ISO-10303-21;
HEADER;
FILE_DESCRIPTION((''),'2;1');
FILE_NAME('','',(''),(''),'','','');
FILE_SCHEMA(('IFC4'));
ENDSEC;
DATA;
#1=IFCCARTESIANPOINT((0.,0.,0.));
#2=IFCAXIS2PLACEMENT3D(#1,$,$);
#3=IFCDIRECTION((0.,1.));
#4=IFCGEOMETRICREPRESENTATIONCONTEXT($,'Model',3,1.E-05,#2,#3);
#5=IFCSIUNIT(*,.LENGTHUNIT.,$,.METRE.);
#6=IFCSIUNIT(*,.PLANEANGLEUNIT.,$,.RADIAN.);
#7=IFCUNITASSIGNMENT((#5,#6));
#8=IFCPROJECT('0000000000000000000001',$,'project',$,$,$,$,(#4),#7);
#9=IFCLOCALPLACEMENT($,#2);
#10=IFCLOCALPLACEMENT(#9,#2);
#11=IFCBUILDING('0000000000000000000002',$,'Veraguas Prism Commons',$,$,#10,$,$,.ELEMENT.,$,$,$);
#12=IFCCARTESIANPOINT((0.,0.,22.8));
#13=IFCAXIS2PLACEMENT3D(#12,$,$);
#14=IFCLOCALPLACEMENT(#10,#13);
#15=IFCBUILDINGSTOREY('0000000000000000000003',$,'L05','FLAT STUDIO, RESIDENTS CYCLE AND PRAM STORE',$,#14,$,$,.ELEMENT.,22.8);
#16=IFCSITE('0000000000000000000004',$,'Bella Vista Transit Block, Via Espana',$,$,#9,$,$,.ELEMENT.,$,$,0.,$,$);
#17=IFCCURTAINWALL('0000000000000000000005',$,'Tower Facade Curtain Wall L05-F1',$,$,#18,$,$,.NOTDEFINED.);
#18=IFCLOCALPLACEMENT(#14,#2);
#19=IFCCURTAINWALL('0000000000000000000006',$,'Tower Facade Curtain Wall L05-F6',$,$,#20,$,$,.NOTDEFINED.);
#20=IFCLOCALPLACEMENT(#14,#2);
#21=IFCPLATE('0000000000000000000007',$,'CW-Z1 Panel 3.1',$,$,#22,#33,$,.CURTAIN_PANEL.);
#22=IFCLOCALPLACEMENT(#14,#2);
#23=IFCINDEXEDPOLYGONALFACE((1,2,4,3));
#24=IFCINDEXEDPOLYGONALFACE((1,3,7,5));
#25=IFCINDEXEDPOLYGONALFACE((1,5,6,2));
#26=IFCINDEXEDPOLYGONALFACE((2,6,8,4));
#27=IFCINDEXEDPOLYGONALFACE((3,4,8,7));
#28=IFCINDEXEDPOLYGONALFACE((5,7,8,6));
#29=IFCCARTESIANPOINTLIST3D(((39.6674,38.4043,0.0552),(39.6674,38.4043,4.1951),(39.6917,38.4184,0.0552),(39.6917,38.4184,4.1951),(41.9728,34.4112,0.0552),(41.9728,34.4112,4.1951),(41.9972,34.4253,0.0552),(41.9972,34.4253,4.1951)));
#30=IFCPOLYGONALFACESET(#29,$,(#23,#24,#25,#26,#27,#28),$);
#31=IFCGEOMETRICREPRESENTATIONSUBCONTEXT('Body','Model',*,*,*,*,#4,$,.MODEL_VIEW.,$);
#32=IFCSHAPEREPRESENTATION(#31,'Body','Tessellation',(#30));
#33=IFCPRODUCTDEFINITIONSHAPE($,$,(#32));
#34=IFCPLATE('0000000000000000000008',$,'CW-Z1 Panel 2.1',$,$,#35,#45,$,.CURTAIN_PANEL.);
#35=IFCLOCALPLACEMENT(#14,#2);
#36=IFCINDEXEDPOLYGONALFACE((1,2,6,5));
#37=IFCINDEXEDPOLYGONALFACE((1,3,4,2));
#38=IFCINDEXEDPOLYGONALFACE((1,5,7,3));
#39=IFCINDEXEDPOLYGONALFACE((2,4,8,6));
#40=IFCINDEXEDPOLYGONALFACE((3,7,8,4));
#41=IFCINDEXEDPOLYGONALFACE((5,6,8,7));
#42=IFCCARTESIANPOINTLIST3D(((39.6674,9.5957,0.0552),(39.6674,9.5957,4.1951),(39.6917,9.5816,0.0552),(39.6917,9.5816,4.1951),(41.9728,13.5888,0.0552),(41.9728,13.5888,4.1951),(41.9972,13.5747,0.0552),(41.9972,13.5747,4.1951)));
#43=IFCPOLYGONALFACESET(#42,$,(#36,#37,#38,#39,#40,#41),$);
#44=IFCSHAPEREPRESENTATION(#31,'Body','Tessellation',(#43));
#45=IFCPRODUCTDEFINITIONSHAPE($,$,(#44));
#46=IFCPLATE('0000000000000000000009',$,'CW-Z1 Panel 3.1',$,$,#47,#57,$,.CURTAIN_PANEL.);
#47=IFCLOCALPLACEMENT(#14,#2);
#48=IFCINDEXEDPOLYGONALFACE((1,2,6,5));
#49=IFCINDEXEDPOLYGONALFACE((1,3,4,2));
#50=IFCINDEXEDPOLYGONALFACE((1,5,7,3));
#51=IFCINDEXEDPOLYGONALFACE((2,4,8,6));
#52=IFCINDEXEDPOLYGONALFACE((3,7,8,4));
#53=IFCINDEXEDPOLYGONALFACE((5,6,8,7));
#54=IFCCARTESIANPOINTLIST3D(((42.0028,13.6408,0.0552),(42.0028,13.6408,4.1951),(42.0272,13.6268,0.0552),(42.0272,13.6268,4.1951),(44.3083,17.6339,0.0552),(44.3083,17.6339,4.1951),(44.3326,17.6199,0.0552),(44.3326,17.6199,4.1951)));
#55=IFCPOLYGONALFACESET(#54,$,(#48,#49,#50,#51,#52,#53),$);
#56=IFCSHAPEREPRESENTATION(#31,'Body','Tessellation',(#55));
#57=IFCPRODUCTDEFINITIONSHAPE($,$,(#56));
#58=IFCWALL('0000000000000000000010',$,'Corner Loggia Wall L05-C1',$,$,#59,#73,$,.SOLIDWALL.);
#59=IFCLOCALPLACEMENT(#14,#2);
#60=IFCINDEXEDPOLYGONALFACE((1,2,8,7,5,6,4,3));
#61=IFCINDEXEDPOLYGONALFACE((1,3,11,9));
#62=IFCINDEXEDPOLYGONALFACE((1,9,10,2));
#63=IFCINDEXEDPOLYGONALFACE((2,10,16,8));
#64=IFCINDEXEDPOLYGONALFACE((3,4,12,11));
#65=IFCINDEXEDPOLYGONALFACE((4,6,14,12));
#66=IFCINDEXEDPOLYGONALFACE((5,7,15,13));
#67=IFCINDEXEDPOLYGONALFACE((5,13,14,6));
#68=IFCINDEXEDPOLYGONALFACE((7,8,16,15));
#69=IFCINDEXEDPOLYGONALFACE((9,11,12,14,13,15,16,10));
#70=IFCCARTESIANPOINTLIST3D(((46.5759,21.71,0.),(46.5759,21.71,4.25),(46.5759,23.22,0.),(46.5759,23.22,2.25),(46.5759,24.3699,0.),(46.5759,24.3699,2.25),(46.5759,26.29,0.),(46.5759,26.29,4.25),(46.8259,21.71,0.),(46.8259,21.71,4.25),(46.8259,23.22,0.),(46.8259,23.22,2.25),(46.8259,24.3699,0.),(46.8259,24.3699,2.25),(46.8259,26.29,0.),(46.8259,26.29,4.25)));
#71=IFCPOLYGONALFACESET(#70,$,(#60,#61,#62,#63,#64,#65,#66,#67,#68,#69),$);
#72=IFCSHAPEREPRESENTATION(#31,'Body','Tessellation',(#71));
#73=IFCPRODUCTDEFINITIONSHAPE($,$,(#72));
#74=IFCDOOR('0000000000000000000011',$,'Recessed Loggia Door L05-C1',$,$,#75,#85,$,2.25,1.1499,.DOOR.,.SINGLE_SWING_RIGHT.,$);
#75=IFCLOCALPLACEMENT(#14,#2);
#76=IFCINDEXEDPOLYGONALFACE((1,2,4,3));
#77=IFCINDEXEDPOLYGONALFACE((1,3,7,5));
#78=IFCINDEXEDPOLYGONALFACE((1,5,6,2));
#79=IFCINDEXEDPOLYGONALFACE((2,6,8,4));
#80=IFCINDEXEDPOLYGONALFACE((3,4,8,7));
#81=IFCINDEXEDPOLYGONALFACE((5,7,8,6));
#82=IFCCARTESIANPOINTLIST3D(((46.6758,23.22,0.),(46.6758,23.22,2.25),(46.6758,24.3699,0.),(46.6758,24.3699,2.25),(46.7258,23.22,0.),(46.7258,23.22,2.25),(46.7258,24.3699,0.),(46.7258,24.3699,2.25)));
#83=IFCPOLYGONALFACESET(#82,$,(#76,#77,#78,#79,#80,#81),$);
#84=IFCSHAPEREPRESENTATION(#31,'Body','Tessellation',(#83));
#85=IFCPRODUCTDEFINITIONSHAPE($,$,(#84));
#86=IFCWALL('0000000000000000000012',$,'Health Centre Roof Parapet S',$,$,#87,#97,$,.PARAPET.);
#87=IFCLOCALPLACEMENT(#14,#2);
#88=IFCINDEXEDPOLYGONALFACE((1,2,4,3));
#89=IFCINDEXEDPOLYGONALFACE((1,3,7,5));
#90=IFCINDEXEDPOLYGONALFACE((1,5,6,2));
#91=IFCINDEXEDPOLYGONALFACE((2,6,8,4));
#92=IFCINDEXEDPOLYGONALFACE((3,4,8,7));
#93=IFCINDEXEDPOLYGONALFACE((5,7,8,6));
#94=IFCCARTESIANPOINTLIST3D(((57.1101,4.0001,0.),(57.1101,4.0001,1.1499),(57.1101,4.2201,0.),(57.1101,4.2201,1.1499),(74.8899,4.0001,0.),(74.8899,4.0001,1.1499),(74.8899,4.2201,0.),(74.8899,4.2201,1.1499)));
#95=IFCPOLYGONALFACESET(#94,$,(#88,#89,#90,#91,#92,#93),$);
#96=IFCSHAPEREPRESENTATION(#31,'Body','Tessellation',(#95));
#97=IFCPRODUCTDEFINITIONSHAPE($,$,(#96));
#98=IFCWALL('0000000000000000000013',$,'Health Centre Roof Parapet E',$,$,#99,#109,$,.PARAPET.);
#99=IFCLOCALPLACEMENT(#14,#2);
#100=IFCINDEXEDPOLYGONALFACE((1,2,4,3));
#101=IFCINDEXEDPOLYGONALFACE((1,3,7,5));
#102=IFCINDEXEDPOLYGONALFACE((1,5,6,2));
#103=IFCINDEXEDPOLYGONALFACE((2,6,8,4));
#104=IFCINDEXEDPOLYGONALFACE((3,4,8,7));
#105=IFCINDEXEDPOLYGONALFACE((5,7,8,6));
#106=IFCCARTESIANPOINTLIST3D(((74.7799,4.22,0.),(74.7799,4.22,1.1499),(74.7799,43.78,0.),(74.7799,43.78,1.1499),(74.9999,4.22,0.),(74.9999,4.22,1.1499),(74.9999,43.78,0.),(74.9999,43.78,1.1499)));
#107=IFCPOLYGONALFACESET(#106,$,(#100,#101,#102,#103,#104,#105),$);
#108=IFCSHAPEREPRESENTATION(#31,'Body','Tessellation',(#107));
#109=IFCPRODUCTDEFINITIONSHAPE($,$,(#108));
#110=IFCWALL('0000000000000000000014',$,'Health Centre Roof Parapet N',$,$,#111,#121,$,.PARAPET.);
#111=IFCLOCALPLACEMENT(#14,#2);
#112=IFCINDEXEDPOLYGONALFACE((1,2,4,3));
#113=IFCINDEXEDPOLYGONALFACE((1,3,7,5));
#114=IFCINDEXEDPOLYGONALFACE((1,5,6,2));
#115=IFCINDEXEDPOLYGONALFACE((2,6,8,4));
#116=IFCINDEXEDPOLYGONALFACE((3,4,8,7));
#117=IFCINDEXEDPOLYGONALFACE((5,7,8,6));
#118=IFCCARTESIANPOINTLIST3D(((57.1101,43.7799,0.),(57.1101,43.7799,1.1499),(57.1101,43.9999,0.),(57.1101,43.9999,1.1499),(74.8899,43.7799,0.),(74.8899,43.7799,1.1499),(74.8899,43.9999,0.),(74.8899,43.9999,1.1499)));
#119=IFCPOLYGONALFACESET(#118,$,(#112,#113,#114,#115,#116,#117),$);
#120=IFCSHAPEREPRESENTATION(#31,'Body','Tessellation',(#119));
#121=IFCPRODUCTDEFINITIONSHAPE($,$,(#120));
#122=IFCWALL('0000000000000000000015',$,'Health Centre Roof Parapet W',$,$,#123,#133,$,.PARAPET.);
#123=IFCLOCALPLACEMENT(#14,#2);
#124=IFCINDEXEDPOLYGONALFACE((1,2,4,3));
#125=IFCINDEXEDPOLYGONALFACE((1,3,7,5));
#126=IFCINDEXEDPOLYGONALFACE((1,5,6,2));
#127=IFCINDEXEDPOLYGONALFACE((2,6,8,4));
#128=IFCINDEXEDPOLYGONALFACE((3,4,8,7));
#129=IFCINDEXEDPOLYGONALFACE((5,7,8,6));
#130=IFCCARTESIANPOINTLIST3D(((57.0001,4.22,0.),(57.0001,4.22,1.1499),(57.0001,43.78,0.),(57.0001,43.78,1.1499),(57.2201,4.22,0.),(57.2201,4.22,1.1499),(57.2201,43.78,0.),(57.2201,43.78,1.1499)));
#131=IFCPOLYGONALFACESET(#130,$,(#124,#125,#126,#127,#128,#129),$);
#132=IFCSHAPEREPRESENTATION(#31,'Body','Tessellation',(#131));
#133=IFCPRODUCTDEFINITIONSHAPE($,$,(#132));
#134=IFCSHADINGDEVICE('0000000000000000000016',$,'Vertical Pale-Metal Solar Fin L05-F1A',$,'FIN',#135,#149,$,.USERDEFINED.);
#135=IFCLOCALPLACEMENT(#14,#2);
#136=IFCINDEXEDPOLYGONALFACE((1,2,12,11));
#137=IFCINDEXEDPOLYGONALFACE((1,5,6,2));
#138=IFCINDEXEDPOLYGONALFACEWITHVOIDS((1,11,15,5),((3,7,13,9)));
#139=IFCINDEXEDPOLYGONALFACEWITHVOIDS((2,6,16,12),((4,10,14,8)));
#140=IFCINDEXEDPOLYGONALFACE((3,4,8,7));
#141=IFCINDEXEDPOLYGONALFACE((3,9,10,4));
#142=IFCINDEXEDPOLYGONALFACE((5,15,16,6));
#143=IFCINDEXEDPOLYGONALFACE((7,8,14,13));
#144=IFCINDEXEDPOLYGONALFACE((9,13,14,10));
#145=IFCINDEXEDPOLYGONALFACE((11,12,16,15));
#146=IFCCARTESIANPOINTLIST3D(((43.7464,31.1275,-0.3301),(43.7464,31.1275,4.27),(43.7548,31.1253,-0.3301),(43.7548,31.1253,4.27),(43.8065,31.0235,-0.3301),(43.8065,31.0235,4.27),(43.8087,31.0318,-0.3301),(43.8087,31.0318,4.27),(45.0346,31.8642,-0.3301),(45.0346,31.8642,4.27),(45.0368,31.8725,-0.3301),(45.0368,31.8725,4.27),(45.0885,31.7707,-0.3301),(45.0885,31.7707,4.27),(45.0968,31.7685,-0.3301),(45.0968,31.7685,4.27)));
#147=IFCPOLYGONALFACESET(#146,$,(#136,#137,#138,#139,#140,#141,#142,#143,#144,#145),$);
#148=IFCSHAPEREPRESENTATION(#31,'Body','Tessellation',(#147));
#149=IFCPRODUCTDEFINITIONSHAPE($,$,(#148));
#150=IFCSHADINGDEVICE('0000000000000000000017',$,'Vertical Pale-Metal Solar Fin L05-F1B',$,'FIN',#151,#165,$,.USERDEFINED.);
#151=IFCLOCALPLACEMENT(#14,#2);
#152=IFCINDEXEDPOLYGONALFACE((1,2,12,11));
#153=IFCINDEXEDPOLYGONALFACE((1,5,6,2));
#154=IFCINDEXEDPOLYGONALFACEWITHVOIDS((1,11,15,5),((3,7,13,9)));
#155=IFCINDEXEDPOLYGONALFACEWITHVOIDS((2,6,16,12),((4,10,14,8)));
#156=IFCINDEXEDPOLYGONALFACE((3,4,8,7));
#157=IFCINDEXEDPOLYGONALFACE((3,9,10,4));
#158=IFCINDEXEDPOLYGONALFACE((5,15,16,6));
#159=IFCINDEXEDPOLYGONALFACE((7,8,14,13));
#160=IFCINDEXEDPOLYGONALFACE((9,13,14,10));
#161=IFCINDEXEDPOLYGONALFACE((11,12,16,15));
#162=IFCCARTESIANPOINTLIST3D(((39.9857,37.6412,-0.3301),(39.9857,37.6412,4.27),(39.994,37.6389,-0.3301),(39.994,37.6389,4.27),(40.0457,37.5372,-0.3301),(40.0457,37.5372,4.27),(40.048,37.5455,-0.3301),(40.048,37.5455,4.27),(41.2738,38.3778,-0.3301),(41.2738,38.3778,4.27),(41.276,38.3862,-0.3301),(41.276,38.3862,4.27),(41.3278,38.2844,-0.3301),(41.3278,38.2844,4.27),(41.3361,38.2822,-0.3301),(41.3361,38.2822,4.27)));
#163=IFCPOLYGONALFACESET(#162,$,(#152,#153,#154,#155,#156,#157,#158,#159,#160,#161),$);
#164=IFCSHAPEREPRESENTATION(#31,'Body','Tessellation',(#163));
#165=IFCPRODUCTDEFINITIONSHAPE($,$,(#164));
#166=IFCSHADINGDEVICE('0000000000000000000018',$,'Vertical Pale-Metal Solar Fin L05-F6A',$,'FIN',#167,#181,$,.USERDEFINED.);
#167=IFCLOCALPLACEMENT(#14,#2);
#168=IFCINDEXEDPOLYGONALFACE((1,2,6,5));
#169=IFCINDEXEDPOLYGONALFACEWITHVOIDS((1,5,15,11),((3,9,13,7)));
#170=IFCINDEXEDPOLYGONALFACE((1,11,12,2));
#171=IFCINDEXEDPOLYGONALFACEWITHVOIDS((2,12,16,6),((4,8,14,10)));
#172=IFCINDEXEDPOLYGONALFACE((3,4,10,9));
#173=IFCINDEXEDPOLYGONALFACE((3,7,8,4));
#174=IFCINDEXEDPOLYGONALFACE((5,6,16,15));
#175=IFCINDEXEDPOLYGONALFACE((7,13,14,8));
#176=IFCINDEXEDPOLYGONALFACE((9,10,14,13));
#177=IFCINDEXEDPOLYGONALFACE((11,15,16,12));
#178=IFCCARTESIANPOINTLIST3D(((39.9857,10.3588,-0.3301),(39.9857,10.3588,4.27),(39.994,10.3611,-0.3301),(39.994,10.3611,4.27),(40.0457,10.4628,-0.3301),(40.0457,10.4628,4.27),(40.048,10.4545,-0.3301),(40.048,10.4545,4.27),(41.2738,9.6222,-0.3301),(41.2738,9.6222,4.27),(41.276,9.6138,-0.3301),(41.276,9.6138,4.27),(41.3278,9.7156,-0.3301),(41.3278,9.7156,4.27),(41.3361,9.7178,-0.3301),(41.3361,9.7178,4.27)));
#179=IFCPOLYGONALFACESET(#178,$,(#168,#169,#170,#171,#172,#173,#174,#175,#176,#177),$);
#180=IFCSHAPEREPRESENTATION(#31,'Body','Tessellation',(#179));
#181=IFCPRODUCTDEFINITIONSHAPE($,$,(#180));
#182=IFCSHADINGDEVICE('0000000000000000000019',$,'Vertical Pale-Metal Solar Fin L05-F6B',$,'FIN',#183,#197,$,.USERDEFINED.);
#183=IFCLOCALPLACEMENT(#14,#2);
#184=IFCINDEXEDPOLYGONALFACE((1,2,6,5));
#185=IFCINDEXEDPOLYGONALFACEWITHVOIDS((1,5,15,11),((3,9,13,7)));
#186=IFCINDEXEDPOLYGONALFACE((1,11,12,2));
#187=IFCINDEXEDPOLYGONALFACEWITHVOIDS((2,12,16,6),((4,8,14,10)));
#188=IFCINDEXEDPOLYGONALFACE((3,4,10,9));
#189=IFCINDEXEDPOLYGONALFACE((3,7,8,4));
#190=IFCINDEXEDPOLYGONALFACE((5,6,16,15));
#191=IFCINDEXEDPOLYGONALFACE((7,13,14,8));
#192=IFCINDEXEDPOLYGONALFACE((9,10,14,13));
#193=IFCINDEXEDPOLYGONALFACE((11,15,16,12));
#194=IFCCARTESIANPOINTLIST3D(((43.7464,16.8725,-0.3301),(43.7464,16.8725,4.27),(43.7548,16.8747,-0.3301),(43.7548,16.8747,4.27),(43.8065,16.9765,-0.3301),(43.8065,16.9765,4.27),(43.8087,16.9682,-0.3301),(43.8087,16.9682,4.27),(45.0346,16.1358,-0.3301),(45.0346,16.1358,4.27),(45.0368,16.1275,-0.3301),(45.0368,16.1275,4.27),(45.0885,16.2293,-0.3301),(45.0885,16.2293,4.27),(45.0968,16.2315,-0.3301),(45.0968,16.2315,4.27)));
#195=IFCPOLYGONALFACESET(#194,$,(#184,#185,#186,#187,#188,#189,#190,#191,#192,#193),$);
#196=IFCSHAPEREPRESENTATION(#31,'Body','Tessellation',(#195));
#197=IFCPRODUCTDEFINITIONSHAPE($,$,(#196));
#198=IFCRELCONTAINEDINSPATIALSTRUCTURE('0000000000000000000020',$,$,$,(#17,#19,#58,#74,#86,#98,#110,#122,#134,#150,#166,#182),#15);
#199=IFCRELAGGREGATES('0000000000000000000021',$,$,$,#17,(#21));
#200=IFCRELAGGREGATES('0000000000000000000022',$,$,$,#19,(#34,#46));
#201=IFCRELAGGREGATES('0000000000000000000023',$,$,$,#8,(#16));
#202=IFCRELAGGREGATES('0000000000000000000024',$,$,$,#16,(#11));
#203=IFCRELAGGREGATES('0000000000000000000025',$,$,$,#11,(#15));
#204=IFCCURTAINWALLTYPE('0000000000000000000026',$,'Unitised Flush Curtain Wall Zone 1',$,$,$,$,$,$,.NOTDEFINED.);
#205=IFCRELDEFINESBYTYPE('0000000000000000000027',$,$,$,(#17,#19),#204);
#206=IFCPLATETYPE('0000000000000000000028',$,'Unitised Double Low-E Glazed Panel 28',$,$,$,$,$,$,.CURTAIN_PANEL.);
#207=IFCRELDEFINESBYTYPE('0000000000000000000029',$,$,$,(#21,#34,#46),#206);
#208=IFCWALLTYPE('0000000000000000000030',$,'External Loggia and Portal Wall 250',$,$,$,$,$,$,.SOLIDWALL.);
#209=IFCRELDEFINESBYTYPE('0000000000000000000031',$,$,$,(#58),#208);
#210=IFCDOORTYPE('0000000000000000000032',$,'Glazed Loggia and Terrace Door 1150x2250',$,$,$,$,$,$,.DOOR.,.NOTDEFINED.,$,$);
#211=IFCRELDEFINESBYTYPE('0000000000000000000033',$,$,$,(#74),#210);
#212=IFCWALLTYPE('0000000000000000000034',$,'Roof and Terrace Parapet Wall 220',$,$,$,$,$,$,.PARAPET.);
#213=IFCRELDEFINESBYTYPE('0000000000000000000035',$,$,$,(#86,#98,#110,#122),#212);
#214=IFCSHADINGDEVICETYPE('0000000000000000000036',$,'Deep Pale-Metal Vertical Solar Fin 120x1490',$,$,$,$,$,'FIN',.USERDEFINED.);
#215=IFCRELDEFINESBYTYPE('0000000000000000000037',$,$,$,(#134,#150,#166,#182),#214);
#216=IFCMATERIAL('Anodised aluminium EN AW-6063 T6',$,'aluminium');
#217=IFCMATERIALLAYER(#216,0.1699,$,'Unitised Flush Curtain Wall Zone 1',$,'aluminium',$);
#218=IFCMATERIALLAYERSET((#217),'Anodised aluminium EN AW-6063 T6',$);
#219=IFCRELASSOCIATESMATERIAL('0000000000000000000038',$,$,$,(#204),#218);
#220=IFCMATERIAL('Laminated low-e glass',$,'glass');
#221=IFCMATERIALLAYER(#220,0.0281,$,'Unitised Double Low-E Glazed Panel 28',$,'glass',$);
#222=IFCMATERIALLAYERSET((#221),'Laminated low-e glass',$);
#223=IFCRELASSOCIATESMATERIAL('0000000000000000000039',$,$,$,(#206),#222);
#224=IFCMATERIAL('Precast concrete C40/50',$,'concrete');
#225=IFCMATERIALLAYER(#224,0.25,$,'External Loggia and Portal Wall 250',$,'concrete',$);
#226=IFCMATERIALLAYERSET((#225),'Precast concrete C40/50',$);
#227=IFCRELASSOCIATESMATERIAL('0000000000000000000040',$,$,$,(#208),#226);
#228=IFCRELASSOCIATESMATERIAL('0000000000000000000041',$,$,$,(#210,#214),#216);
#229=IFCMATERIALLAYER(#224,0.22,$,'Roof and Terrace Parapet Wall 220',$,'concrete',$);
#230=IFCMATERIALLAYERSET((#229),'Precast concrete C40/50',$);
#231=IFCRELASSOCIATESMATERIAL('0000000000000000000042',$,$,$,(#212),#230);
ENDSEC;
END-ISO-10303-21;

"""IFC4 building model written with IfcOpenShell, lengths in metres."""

from ifc_helpers import new_model, si_unit, direction, frame, frame_2d, origin, origin_2d, place, context, subcontext, project, spatial, rectangle, hollow_rectangle, extrude, source, transform, mapped, material, layer, layer_set, material_profile, profile_set, type_object, element, fill, aggregate, save


model = new_model("IFC4")

# Units and contexts
model_context = context("Model", 3, precision=1e-05, world=origin(), true_north=direction((0.0, 1.0)))
body_context = subcontext(model_context, "Body", "Model", "MODEL_VIEW")
ifc_project = project(units=[si_unit("LENGTHUNIT", "METRE"), si_unit("PLANEANGLEUNIT", "RADIAN")], contexts=[model_context])

# Site, building, storey
site_placement = place(None, origin())
site = spatial("IfcSite", under=ifc_project, at=site_placement, Name="Bella Vista Transit Block, Via Espana", CompositionType="ELEMENT", RefElevation=0.0)
building_placement = place(site_placement, origin())
building = spatial("IfcBuilding", under=site, at=building_placement, Name="Veraguas Prism Commons", CompositionType="ELEMENT")
storey_placement = place(building_placement, frame((0.0, 0.0, 22.8)))
storey = spatial("IfcBuildingStorey", under=building, at=storey_placement, Name="L05", Description="FLAT STUDIO, RESIDENTS CYCLE AND PRAM STORE", CompositionType="ELEMENT", Elevation=22.8)

# Curtain walls
ifc_material_1 = material(Name="Anodised aluminium EN AW-6063 T6", Category="aluminium")
ifc_layer_1 = layer(ifc_material_1, 0.1699, Name="Unitised Flush Curtain Wall Zone 1", Category="aluminium")
ifc_layer_set_1 = layer_set([ifc_layer_1], Name="Anodised aluminium EN AW-6063 T6")
curtain_wall_type = type_object("IfcCurtainWallType", Name="Unitised Flush Curtain Wall Zone 1", PredefinedType="NOTDEFINED", material=ifc_layer_set_1)
curtain_wall_1_placement = place(storey_placement, origin())
curtain_wall_1 = element("IfcCurtainWall", 1, at=curtain_wall_1_placement, inside=storey, type_object=curtain_wall_type, Name="Tower Facade Curtain Wall L05-F1", PredefinedType="NOTDEFINED")
curtain_wall_2_placement = place(storey_placement, origin())
curtain_wall_2 = element("IfcCurtainWall", 2, at=curtain_wall_2_placement, inside=storey, type_object=curtain_wall_type, Name="Tower Facade Curtain Wall L05-F6", PredefinedType="NOTDEFINED")

# Plates
ifc_material_2 = material(Name="Laminated low-e glass", Category="glass")
ifc_layer_2 = layer(ifc_material_2, 0.0281, Name="Unitised Double Low-E Glazed Panel 28", Category="glass")
ifc_layer_set_2 = layer_set([ifc_layer_2], Name="Laminated low-e glass")
plate_type = type_object("IfcPlateType", Name="Unitised Double Low-E Glazed Panel 28", PredefinedType="CURTAIN_PANEL", material=ifc_layer_set_2)
shared_shape_1 = source(origin(), body_context, "Body", "SweptSolid", [
    extrude(rectangle(XDim=4.6108, YDim=0.0281, at=origin_2d()), origin(), (0.0, 0.0, 1.0), 4.1399),
])
plate_1_placement = place(storey_placement, frame((40.8323, 36.4148, 0.0552), z_axis=(0.0, 0.0, 1.0), x_axis=(-0.500005, 0.866023, 0.0)))
plate_1 = element("IfcPlate", 3, at=plate_1_placement, type_object=plate_type, Name="CW-Z1 Panel 3.1", PredefinedType="CURTAIN_PANEL", context=body_context, shape_type="MappedRepresentation", body=[
    mapped(shared_shape_1, transform((0.0, 0.0, 0.0), scale=1.0)),
])
aggregate(curtain_wall_1, [plate_1])
plate_2_placement = place(storey_placement, frame((40.8323, 11.5852, 0.0552), z_axis=(0.0, 0.0, 1.0), x_axis=(0.500005, 0.866023, 0.0)))
plate_2 = element("IfcPlate", 4, at=plate_2_placement, type_object=plate_type, Name="CW-Z1 Panel 2.1", PredefinedType="CURTAIN_PANEL", context=body_context, shape_type="MappedRepresentation", body=[
    mapped(shared_shape_1, transform((0.0, 0.0, 0.0), scale=1.0)),
])
plate_3_placement = place(storey_placement, frame((43.1677, 15.6304, 0.0552), z_axis=(0.0, 0.0, 1.0), x_axis=(0.500005, 0.866023, 0.0)))
plate_3 = element("IfcPlate", 5, at=plate_3_placement, type_object=plate_type, Name="CW-Z1 Panel 3.1", PredefinedType="CURTAIN_PANEL", context=body_context, shape_type="MappedRepresentation", body=[
    mapped(shared_shape_1, transform((0.0, 0.0, 0.0), scale=1.0)),
])
aggregate(curtain_wall_2, [plate_2, plate_3])

# Wall, opening, door
ifc_material_3 = material(Name="Precast concrete C40/50", Category="concrete")
ifc_layer_3 = layer(ifc_material_3, 0.25, Name="External Loggia and Portal Wall 250", Category="concrete")
ifc_layer_set_3 = layer_set([ifc_layer_3], Name="Precast concrete C40/50")
wall_type_1 = type_object("IfcWallType", Name="External Loggia and Portal Wall 250", PredefinedType="SOLIDWALL", material=ifc_layer_set_3)
wall_1_placement = place(storey_placement, frame((46.7009, 21.71, 0.0), z_axis=(0.0, 0.0, 1.0), x_axis=(0.0, 1.0, 0.0)))
wall_1 = element("IfcWall", 6, at=wall_1_placement, inside=storey, type_object=wall_type_1, Name="Corner Loggia Wall L05-C1", PredefinedType="SOLIDWALL", context=body_context, shape_type="SweptSolid", body=[
    extrude(rectangle(XDim=4.5801, YDim=0.25, at=frame_2d((2.29, 0.0))), origin(), (0.0, 0.0, 1.0), 4.25),
])
opening_placement = place(wall_1_placement, frame((1.51, 0.0, 0.0)))
opening = element("IfcOpeningElement", 7, at=opening_placement, cuts=wall_1, PredefinedType="OPENING", context=body_context, shape_type="SweptSolid", body=[
    extrude(rectangle(XDim=1.1499, YDim=2.25, at=frame_2d((0.575, 1.125))), frame((0.0, 0.135, 0.0), z_axis=(0.0, -1.0, 0.0), x_axis=(1.0, 0.0, 0.0)), (0.0, 0.0, 1.0), 0.27),
])
door_type = type_object("IfcDoorType", Name="Glazed Loggia and Terrace Door 1150x2250", OperationType="NOTDEFINED", PredefinedType="DOOR", material=ifc_material_1)
shared_shape_2 = source(origin(), body_context, "Body", "SweptSolid", [
    extrude(rectangle(XDim=1.1499, YDim=2.25, at=frame_2d((0.575, 1.125))), frame((0.0, 0.0249, 0.0), z_axis=(0.0, -1.0, 0.0), x_axis=(1.0, 0.0, 0.0)), (0.0, 0.0, 1.0), 0.05),
])
door_placement = place(opening_placement, frame((1.1499, 0.0, 0.0), z_axis=(0.0, 0.0, 1.0), x_axis=(-1.0, 0.0, 0.0)))
door = element("IfcDoor", 8, at=door_placement, inside=storey, type_object=door_type, Name="Recessed Loggia Door L05-C1", OperationType="SINGLE_SWING_RIGHT", OverallHeight=2.25, OverallWidth=1.1499, PredefinedType="DOOR", context=body_context, shape_type="MappedRepresentation", body=[
    mapped(shared_shape_2, transform((0.0, 0.0, 0.0), scale=1.0)),
])
fill(opening, door)

# Walls
ifc_layer_4 = layer(ifc_material_3, 0.22, Name="Roof and Terrace Parapet Wall 220", Category="concrete")
ifc_layer_set_4 = layer_set([ifc_layer_4], Name="Precast concrete C40/50")
wall_type_2 = type_object("IfcWallType", Name="Roof and Terrace Parapet Wall 220", PredefinedType="PARAPET", material=ifc_layer_set_4)
wall_2_placement = place(storey_placement, frame((57.1101, 4.1101, 0.0), z_axis=(0.0, 0.0, 1.0), x_axis=(1.0, 0.0, 0.0)))
element("IfcWall", 9, at=wall_2_placement, inside=storey, type_object=wall_type_2, Name="Health Centre Roof Parapet S", PredefinedType="PARAPET", context=body_context, shape_type="SweptSolid", body=[
    extrude(rectangle(XDim=17.7798, YDim=0.22, at=frame_2d((8.8899, 0.0))), origin(), (0.0, 0.0, 1.0), 1.1499),
])
wall_3_placement = place(storey_placement, frame((74.8899, 4.22, 0.0), z_axis=(0.0, 0.0, 1.0), x_axis=(0.0, 1.0, 0.0)))
element("IfcWall", 10, at=wall_3_placement, inside=storey, type_object=wall_type_2, Name="Health Centre Roof Parapet E", PredefinedType="PARAPET", context=body_context, shape_type="SweptSolid", body=[
    extrude(rectangle(XDim=39.5601, YDim=0.22, at=frame_2d((19.78, 0.0))), origin(), (0.0, 0.0, 1.0), 1.1499),
])
wall_4_placement = place(storey_placement, frame((74.8899, 43.8899, 0.0), z_axis=(0.0, 0.0, 1.0), x_axis=(-1.0, 0.0, 0.0)))
element("IfcWall", 11, at=wall_4_placement, inside=storey, type_object=wall_type_2, Name="Health Centre Roof Parapet N", PredefinedType="PARAPET", context=body_context, shape_type="SweptSolid", body=[
    extrude(rectangle(XDim=17.7798, YDim=0.22, at=frame_2d((8.8899, 0.0))), origin(), (0.0, 0.0, 1.0), 1.1499),
])
wall_5_placement = place(storey_placement, frame((57.1101, 43.78, 0.0), z_axis=(0.0, 0.0, 1.0), x_axis=(0.0, -1.0, 0.0)))
element("IfcWall", 12, at=wall_5_placement, inside=storey, type_object=wall_type_2, Name="Health Centre Roof Parapet W", PredefinedType="PARAPET", context=body_context, shape_type="SweptSolid", body=[
    extrude(rectangle(XDim=39.5601, YDim=0.22, at=frame_2d((19.78, 0.0))), origin(), (0.0, 0.0, 1.0), 1.1499),
])

# Shading devices
ifc_material_profile_1 = material_profile(ifc_material_1, hollow_rectangle(XDim=0.1201, YDim=1.49, WallThickness=0.0061, at=origin_2d()), Name="FIN120X1490X6")
ifc_profile_set_1 = profile_set([ifc_material_profile_1], Name="Anodised aluminium EN AW-6063 T6")
shading_device_type = type_object("IfcShadingDeviceType", Name="Deep Pale-Metal Vertical Solar Fin 120x1490", ElementType="FIN", PredefinedType="USERDEFINED", material=ifc_profile_set_1)
for number, where, z_axis, x_axis, name in (
    (13, (44.4216, 31.448, -0.3301), (0.0, 0.0, 1.0), (-0.500003, 0.866024, 0.0), "Vertical Pale-Metal Solar Fin L05-F1A"),
    (14, (40.6609, 37.9617, -0.3301), (0.0, 0.0, 1.0), (-0.500003, 0.866024, 0.0), "Vertical Pale-Metal Solar Fin L05-F1B"),
    (15, (40.6609, 10.0383, -0.3301), (0.0, 0.0, 1.0), (0.500003, 0.866024, 0.0), "Vertical Pale-Metal Solar Fin L05-F6A"),
    (16, (44.4216, 16.552, -0.3301), (0.0, 0.0, 1.0), (0.500003, 0.866024, 0.0), "Vertical Pale-Metal Solar Fin L05-F6B"),
):
    element("IfcShadingDevice", number, at=place(storey_placement, frame(where, z_axis=z_axis, x_axis=x_axis)), inside=storey, type_object=shading_device_type, Name=name, ObjectType="FIN", PredefinedType="USERDEFINED", context=body_context, shape_type="SweptSolid", body=[
        extrude(hollow_rectangle(XDim=0.1201, YDim=1.49, WallThickness=0.0061, at=origin_2d()), origin(), (0.0, 0.0, 1.0), 4.6001),
    ])

save(model, "model.ifc")
